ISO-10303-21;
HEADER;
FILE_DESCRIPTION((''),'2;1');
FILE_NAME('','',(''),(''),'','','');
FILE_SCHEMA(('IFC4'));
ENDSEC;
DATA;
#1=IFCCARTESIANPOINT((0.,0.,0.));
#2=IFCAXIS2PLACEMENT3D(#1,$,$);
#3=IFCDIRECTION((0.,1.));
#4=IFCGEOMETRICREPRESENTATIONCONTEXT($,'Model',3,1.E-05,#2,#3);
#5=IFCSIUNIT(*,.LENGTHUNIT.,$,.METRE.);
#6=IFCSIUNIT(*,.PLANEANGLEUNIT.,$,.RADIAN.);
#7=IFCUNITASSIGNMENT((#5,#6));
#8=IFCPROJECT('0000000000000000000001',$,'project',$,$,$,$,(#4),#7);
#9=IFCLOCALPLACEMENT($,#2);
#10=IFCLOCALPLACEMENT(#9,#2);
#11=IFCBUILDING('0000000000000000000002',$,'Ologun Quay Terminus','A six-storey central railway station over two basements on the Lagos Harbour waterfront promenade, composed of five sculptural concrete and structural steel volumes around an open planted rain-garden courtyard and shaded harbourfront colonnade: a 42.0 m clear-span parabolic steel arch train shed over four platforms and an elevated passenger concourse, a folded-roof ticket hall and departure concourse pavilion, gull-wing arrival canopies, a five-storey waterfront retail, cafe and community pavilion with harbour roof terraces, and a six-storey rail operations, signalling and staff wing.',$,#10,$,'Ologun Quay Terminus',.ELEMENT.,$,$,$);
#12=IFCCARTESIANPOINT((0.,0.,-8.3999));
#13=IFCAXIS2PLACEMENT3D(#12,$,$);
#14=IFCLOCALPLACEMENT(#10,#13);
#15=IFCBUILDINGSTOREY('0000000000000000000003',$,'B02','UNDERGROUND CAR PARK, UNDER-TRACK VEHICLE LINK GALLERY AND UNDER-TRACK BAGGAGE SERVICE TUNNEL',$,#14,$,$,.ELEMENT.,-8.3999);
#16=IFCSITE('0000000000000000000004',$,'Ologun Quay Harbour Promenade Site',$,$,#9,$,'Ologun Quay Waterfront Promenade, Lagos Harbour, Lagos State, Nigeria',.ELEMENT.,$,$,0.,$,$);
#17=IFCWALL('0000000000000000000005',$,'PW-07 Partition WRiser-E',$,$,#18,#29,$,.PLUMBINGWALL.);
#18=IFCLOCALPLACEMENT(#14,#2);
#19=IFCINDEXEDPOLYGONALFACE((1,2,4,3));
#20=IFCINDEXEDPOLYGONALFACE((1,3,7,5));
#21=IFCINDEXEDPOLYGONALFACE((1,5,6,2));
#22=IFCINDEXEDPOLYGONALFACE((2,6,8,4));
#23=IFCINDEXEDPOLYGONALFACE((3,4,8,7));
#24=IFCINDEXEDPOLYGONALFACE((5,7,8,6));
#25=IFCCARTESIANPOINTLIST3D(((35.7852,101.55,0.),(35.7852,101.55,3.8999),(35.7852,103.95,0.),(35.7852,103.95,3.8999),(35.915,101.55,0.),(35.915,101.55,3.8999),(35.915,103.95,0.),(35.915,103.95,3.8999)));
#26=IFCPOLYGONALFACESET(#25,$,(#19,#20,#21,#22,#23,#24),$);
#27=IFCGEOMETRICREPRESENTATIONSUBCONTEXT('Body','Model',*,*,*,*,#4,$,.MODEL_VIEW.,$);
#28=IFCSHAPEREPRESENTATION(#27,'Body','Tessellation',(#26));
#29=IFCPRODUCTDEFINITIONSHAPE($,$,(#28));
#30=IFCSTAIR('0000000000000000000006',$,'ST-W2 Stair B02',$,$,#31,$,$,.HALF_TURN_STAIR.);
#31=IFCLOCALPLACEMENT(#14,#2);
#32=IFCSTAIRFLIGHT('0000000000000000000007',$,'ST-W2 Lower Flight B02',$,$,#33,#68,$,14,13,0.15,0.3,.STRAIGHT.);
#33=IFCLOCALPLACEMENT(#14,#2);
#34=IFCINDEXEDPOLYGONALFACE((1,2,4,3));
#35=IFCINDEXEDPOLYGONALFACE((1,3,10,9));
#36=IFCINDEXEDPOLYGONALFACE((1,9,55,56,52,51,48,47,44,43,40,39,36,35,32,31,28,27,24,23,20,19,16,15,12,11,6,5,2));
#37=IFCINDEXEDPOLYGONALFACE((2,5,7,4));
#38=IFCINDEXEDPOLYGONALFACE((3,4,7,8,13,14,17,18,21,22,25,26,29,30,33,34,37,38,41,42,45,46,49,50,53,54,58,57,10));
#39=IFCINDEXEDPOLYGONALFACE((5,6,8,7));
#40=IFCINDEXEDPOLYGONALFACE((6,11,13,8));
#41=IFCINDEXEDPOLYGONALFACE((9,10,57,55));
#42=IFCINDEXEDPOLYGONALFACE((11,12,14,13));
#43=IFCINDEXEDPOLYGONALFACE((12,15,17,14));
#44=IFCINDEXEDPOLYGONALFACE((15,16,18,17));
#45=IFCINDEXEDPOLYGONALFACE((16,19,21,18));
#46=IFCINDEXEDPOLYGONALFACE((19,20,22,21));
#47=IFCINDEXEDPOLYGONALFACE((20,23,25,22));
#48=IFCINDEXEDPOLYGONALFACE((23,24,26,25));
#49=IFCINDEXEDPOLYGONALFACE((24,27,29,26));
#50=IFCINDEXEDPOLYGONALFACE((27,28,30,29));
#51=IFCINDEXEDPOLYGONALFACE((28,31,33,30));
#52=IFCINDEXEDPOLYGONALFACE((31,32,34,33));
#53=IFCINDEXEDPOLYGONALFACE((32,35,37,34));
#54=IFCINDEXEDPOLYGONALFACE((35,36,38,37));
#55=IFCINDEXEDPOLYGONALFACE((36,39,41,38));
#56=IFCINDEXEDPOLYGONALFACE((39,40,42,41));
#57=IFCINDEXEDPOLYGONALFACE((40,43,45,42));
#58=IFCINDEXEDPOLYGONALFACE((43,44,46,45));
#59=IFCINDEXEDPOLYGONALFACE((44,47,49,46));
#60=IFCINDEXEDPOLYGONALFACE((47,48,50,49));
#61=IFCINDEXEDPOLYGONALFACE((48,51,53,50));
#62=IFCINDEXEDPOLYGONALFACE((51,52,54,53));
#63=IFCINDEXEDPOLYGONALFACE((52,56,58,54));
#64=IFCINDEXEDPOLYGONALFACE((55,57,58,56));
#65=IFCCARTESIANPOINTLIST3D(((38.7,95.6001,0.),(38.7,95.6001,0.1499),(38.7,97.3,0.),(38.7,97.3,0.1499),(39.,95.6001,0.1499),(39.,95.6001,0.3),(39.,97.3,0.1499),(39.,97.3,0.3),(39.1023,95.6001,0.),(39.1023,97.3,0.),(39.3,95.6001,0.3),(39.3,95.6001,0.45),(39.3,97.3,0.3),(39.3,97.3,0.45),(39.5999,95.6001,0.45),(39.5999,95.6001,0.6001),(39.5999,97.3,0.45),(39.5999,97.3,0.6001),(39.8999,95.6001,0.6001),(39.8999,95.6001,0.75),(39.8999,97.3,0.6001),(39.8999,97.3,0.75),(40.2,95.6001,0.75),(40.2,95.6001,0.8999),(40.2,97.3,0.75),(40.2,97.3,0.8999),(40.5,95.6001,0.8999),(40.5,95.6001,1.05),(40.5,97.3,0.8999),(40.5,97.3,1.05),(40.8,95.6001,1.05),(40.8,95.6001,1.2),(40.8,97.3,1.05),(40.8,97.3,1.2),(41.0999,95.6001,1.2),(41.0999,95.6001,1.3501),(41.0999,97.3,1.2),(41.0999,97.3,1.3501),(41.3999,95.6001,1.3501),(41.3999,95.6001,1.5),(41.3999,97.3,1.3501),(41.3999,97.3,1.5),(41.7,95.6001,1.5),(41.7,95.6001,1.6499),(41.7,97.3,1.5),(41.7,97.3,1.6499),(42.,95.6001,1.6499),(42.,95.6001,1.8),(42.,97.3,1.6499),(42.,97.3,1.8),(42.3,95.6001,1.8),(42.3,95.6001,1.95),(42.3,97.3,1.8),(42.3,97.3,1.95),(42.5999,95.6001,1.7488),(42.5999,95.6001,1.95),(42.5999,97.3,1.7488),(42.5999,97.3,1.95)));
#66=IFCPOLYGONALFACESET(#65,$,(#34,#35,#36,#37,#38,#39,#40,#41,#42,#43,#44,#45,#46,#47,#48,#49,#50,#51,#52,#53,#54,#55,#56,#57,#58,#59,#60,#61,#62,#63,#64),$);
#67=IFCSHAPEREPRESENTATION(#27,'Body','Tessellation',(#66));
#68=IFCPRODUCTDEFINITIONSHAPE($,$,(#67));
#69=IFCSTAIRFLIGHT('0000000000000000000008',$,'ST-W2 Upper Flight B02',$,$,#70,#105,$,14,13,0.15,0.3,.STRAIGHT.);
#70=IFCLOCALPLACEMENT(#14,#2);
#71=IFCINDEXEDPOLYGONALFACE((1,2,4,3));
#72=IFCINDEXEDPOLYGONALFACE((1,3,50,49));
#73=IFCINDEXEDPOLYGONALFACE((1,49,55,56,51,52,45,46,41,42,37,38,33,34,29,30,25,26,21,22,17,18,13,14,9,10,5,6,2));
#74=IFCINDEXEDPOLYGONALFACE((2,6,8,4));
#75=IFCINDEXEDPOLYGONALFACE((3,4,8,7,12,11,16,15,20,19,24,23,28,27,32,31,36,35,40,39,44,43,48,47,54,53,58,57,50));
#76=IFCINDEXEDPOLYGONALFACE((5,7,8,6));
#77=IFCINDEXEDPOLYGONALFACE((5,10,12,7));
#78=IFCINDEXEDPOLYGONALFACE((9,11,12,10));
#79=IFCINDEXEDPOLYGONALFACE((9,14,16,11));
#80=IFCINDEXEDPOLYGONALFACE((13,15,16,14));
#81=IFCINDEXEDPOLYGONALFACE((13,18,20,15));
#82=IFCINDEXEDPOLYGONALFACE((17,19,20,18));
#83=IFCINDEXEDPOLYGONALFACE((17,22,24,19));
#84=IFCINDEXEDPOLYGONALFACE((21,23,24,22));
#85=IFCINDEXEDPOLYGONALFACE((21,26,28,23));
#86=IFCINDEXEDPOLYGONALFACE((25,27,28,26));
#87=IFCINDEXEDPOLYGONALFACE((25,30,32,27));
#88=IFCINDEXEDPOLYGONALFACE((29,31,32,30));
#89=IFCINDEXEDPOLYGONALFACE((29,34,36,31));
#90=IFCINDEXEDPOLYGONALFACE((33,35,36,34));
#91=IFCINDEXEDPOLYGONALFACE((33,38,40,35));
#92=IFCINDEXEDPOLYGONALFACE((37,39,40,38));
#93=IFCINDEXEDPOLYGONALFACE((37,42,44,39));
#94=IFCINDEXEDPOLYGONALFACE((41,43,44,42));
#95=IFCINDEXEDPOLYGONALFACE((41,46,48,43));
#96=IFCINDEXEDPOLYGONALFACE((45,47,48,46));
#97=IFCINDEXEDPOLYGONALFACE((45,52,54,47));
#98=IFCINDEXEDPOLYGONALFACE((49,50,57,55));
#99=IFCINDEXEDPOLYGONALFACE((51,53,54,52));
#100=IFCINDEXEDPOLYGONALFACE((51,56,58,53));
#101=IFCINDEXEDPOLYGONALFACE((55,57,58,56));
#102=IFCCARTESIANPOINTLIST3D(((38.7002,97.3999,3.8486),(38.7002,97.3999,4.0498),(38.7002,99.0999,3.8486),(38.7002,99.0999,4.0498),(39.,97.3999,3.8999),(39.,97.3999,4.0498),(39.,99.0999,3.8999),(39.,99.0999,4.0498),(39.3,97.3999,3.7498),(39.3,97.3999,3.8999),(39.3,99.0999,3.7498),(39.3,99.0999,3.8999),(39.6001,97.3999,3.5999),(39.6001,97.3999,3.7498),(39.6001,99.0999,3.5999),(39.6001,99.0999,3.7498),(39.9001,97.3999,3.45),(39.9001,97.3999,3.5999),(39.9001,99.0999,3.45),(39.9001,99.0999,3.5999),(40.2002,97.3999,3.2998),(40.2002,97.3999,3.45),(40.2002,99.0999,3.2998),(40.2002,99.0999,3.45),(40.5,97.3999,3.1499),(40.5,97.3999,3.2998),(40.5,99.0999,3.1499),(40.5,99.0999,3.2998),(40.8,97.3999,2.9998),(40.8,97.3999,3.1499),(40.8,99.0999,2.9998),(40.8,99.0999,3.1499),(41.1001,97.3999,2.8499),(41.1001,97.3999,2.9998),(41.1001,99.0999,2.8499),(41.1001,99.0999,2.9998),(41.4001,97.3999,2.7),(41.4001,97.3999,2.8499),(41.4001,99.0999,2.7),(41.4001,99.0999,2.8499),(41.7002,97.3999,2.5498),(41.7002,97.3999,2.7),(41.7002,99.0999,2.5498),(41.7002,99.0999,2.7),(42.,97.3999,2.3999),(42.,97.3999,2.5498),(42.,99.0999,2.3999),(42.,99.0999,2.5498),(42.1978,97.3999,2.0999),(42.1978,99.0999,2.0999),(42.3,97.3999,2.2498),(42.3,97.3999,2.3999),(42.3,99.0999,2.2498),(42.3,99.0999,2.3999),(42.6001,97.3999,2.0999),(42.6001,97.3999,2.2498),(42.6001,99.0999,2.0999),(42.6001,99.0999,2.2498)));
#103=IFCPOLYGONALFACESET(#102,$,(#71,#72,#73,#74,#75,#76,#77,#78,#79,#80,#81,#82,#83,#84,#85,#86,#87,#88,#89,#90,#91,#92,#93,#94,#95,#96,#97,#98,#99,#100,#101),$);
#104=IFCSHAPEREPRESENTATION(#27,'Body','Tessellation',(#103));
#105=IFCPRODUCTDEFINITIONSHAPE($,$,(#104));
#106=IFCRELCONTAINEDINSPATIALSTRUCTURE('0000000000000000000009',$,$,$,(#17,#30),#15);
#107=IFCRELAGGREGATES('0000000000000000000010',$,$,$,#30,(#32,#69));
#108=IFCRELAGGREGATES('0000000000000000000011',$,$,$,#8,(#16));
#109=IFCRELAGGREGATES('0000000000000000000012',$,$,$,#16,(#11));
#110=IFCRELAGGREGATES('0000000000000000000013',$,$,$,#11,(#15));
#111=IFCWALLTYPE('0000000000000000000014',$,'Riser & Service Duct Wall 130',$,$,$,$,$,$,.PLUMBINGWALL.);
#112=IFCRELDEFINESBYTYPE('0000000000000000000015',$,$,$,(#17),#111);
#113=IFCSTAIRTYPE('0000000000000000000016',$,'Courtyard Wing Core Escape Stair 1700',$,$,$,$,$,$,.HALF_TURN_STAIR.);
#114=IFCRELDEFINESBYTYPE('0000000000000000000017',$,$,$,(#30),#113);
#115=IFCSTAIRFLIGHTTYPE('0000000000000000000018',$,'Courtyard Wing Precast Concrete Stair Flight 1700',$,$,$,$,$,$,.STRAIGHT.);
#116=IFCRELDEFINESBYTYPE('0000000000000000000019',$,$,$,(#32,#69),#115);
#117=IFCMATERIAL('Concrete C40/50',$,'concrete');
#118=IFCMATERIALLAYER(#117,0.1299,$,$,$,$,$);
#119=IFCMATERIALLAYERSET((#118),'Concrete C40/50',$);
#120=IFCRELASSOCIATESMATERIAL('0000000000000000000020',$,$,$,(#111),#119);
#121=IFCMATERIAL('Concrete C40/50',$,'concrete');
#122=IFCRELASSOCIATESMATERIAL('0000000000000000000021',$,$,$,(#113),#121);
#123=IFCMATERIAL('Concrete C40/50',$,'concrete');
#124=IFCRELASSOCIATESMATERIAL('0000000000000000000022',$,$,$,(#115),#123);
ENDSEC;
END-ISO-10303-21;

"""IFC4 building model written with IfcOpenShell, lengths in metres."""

from ifc_helpers import new_model, si_unit, direction, frame, frame_2d, origin, place, context, subcontext, project, spatial, polyline, rectangle, outline, extrude, material, layer, layer_set, type_object, element, aggregate, save


model = new_model("IFC4")

# Units and contexts
model_context = context("Model", 3, precision=1e-05, world=origin(), true_north=direction((0.0, 1.0)))
body_context = subcontext(model_context, "Body", "Model", "MODEL_VIEW")
ifc_project = project(units=[si_unit("LENGTHUNIT", "METRE"), si_unit("PLANEANGLEUNIT", "RADIAN")], contexts=[model_context])

# Site, building, storey
site_placement = place(None, origin())
site = spatial("IfcSite", under=ifc_project, at=site_placement, Name="Ologun Quay Harbour Promenade Site", LongName="Ologun Quay Waterfront Promenade, Lagos Harbour, Lagos State, Nigeria", CompositionType="ELEMENT", RefElevation=0.0)
building_placement = place(site_placement, origin())
building = spatial("IfcBuilding", under=site, at=building_placement, Name="Ologun Quay Terminus", Description="A six-storey central railway station over two basements on the Lagos Harbour waterfront promenade, composed of five sculptural concrete and structural steel volumes around an open planted rain-garden courtyard and shaded harbourfront colonnade: a 42.0 m clear-span parabolic steel arch train shed over four platforms and an elevated passenger concourse, a folded-roof ticket hall and departure concourse pavilion, gull-wing arrival canopies, a five-storey waterfront retail, cafe and community pavilion with harbour roof terraces, and a six-storey rail operations, signalling and staff wing.", LongName="Ologun Quay Terminus", CompositionType="ELEMENT")
storey_placement = place(building_placement, frame((0.0, 0.0, -8.3999)))
storey = spatial("IfcBuildingStorey", under=building, at=storey_placement, Name="B02", Description="UNDERGROUND CAR PARK, UNDER-TRACK VEHICLE LINK GALLERY AND UNDER-TRACK BAGGAGE SERVICE TUNNEL", CompositionType="ELEMENT", Elevation=-8.3999)

# Wall
ifc_material_1 = material(Name="Concrete C40/50", Category="concrete")
ifc_layer_1 = layer(ifc_material_1, 0.1299)
ifc_layer_set_1 = layer_set([ifc_layer_1], Name="Concrete C40/50")
wall_type_1 = type_object("IfcWallType", Name="Riser & Service Duct Wall 130", PredefinedType="PLUMBINGWALL", material=ifc_layer_set_1)
wall_1_placement = place(storey_placement, frame((35.8501, 101.55, 0.0), z_axis=(0.0, 0.0, 1.0), x_axis=(0.0, 1.0, 0.0)))
element("IfcWall", 1, at=wall_1_placement, inside=storey, type_object=wall_type_1, Name="PW-07 Partition WRiser-E", PredefinedType="PLUMBINGWALL", context=body_context, shape_type="SweptSolid", body=[
    extrude(rectangle(XDim=2.3999, YDim=0.1299, at=frame_2d((1.2, 0.0))), origin(), (0.0, 0.0, 1.0), 3.8999),
])

# Stair, stair flights
ifc_material_2 = material(Name="Concrete C40/50", Category="concrete")
stair_type = type_object("IfcStairType", Name="Courtyard Wing Core Escape Stair 1700", PredefinedType="HALF_TURN_STAIR", material=ifc_material_2)
stair_placement = place(storey_placement, origin())
stair = element("IfcStair", 2, at=stair_placement, inside=storey, type_object=stair_type, Name="ST-W2 Stair B02", PredefinedType="HALF_TURN_STAIR")
ifc_material_3 = material(Name="Concrete C40/50", Category="concrete")
stair_flight_type = type_object("IfcStairFlightType", Name="Courtyard Wing Precast Concrete Stair Flight 1700", PredefinedType="STRAIGHT", material=ifc_material_3)
stair_flight_1_placement = place(storey_placement, frame((38.7, 96.45, 0.0), z_axis=(0.0, 0.0, 1.0), x_axis=(1.0, 0.0, 0.0)))
stair_flight_1 = element("IfcStairFlight", 3, at=stair_flight_1_placement, type_object=stair_flight_type, Name="ST-W2 Lower Flight B02", NumberOfRisers=14, NumberOfTreads=13, PredefinedType="STRAIGHT", RiserHeight=0.15, TreadLength=0.3, context=body_context, shape_type="SweptSolid", body=[
    extrude(outline(polyline([(0.0, 0.0), (0.0, 0.1499), (0.3, 0.1499), (0.3, 0.3), (0.6001, 0.3), (0.6001, 0.45), (0.8999, 0.45), (0.8999, 0.6001), (1.2, 0.6001), (1.2, 0.75), (1.5, 0.75), (1.5, 0.8999), (1.8, 0.8999), (1.8, 1.05), (2.1001, 1.05), (2.1001, 1.2), (2.3999, 1.2), (2.3999, 1.3501), (2.7, 1.3501), (2.7, 1.5), (3.0, 1.5), (3.0, 1.6499), (3.3, 1.6499), (3.3, 1.8), (3.6001, 1.8), (3.6001, 1.95), (3.8999, 1.95), (3.8999, 2.1001), (3.8999, 1.7488), (0.4023, 0.0), (0.0, 0.0)])), frame((0.0, 0.8501, 0.0), z_axis=(0.0, -1.0, 0.0), x_axis=(1.0, 0.0, 0.0)), (0.0, 0.0, 1.0), 1.7),
])
stair_flight_2_placement = place(storey_placement, frame((42.6001, 98.25, 2.0999), z_axis=(0.0, 0.0, 1.0), x_axis=(-1.0, 0.0, 0.0)))
stair_flight_2 = element("IfcStairFlight", 4, at=stair_flight_2_placement, type_object=stair_flight_type, Name="ST-W2 Upper Flight B02", NumberOfRisers=14, NumberOfTreads=13, PredefinedType="STRAIGHT", RiserHeight=0.15, TreadLength=0.3, context=body_context, shape_type="SweptSolid", body=[
    extrude(outline(polyline([(0.0, 0.0), (0.0, 0.1499), (0.3, 0.1499), (0.3, 0.3), (0.6001, 0.3), (0.6001, 0.45), (0.8999, 0.45), (0.8999, 0.6001), (1.2, 0.6001), (1.2, 0.75), (1.5, 0.75), (1.5, 0.8999), (1.8, 0.8999), (1.8, 1.05), (2.1001, 1.05), (2.1001, 1.2), (2.3999, 1.2), (2.3999, 1.3501), (2.7, 1.3501), (2.7, 1.5), (3.0, 1.5), (3.0, 1.6499), (3.3, 1.6499), (3.3, 1.8), (3.6001, 1.8), (3.6001, 1.95), (3.8999, 1.95), (3.8999, 2.1001), (3.8999, 1.7488), (0.4023, 0.0), (0.0, 0.0)])), frame((0.0, 0.8501, 0.0), z_axis=(0.0, -1.0, 0.0), x_axis=(1.0, 0.0, 0.0)), (0.0, 0.0, 1.0), 1.7),
])
aggregate(stair, [stair_flight_1, stair_flight_2])

save(model, "model.ifc")
